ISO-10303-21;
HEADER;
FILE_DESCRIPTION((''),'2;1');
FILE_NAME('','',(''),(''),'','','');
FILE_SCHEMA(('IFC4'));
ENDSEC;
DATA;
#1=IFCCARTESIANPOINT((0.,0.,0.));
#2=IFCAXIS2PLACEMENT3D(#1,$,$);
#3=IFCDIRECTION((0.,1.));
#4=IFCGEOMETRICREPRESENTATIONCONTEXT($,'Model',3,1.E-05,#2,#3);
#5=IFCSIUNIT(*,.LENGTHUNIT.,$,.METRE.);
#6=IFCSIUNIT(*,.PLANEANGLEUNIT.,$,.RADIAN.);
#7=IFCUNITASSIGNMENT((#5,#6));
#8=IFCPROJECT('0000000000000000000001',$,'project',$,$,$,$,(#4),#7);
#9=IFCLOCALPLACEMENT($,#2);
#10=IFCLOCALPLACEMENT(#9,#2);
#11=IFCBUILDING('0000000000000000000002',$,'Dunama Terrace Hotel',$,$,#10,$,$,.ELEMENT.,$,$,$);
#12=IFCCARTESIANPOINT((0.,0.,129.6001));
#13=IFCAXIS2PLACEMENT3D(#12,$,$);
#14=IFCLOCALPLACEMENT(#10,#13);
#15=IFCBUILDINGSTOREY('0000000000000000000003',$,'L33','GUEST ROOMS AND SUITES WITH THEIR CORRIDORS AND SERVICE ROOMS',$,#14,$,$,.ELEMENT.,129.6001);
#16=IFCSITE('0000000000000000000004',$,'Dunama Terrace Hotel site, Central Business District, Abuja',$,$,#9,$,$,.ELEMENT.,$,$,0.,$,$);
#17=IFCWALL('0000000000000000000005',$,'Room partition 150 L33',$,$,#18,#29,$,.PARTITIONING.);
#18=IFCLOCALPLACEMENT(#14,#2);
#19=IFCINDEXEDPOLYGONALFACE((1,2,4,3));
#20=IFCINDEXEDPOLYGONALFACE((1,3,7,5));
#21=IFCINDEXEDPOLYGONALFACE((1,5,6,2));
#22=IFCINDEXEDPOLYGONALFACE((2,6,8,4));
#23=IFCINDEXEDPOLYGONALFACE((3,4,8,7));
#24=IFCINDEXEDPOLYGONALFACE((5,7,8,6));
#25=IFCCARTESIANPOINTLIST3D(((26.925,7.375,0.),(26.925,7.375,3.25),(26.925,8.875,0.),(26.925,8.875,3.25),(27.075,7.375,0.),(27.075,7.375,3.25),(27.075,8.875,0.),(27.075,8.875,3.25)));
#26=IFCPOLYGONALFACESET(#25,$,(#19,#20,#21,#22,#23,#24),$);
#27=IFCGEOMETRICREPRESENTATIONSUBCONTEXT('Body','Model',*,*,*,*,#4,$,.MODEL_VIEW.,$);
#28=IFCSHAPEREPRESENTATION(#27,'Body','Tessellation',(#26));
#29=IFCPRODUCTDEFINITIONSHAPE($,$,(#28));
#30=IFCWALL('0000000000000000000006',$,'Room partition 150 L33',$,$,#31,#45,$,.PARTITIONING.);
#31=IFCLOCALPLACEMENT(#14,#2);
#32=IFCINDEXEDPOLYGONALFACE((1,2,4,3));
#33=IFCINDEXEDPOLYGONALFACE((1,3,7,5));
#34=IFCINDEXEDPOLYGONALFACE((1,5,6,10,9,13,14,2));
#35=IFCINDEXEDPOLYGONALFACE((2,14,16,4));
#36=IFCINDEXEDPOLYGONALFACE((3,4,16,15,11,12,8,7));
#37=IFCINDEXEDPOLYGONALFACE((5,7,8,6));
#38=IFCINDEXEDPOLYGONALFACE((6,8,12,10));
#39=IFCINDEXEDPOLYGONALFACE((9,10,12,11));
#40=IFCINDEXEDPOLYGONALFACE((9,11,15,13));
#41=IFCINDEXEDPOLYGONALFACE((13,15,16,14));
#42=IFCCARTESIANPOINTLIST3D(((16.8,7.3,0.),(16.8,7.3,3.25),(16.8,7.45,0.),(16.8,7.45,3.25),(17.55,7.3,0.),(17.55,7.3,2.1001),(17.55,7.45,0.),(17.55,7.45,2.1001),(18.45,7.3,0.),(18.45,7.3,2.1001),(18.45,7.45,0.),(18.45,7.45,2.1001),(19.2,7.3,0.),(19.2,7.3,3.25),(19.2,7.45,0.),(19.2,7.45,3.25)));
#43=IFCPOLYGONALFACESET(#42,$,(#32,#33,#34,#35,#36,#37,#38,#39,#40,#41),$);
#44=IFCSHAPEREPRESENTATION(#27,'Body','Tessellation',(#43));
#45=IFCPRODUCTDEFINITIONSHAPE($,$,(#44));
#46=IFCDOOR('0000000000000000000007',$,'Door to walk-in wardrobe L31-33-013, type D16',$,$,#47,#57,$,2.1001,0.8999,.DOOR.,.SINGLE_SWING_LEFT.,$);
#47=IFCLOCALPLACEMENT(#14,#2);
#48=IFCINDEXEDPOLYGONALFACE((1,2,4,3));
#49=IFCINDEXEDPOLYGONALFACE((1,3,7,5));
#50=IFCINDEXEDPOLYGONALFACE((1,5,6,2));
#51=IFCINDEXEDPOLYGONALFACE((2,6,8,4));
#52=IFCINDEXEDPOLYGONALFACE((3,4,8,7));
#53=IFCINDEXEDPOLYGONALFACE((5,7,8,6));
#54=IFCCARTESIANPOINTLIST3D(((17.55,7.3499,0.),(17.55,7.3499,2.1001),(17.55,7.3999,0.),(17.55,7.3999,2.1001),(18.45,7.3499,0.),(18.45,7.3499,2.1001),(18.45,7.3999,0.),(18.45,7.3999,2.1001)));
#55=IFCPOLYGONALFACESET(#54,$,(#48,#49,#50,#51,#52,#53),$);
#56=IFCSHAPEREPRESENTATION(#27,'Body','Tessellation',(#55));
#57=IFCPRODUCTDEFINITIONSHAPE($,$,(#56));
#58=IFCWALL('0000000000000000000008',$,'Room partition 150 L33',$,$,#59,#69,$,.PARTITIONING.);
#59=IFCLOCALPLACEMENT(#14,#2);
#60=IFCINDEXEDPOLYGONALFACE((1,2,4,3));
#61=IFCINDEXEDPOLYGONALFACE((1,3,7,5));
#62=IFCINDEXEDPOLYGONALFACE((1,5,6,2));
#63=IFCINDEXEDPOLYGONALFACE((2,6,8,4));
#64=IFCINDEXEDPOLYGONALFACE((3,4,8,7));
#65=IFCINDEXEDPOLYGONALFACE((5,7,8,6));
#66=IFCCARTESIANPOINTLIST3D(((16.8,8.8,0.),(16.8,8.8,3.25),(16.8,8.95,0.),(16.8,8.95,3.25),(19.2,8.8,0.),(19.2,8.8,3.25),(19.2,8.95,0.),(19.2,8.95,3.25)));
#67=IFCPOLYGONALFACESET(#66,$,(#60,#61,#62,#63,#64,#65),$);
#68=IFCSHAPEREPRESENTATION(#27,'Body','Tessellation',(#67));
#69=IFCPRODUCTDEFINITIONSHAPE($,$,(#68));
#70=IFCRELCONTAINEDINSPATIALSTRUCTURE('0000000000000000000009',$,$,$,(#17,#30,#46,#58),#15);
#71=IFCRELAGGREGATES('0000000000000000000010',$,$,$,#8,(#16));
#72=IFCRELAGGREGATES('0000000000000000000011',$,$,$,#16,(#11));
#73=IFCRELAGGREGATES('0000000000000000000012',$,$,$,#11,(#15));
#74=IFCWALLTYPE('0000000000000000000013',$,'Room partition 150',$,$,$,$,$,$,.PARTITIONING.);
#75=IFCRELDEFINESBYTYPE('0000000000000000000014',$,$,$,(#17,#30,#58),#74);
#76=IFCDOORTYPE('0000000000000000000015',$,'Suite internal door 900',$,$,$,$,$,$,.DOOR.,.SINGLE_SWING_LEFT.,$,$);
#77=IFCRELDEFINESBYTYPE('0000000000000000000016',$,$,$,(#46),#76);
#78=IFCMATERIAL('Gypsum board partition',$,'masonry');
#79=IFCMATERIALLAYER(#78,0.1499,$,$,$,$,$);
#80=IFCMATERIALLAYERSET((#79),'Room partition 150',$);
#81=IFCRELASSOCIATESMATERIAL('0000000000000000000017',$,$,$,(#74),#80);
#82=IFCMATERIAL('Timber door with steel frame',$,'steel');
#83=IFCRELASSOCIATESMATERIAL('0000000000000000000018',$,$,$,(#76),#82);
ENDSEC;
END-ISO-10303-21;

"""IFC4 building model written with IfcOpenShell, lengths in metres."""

from ifc_helpers import new_model, si_unit, direction, frame, frame_2d, origin, place, context, subcontext, project, spatial, rectangle, extrude, material, layer, layer_set, type_object, element, fill, save


model = new_model("IFC4")

# Units and contexts
model_context = context("Model", 3, precision=1e-05, world=origin(), true_north=direction((0.0, 1.0)))
body_context = subcontext(model_context, "Body", "Model", "MODEL_VIEW")
ifc_project = project(units=[si_unit("LENGTHUNIT", "METRE"), si_unit("PLANEANGLEUNIT", "RADIAN")], contexts=[model_context])

# Site, building, storey
site_placement = place(None, origin())
site = spatial("IfcSite", under=ifc_project, at=site_placement, Name="Dunama Terrace Hotel site, Central Business District, Abuja", CompositionType="ELEMENT", RefElevation=0.0)
building_placement = place(site_placement, origin())
building = spatial("IfcBuilding", under=site, at=building_placement, Name="Dunama Terrace Hotel", CompositionType="ELEMENT")
storey_placement = place(building_placement, frame((0.0, 0.0, 129.6001)))
storey = spatial("IfcBuildingStorey", under=building, at=storey_placement, Name="L33", Description="GUEST ROOMS AND SUITES WITH THEIR CORRIDORS AND SERVICE ROOMS", CompositionType="ELEMENT", Elevation=129.6001)

# Wall
ifc_material_1 = material(Name="Gypsum board partition", Category="masonry")
ifc_layer_1 = layer(ifc_material_1, 0.1499)
ifc_layer_set_1 = layer_set([ifc_layer_1], Name="Room partition 150")
wall_type_1 = type_object("IfcWallType", Name="Room partition 150", PredefinedType="PARTITIONING", material=ifc_layer_set_1)
for number, where, z_axis, x_axis, name in (
    (1, (27.0, 7.375, 0.0), (0.0, 0.0, 1.0), (0.0, 1.0, 0.0), "Room partition 150 L33"),
):
    element("IfcWall", number, at=place(storey_placement, frame(where, z_axis=z_axis, x_axis=x_axis)), inside=storey, type_object=wall_type_1, Name=name, PredefinedType="PARTITIONING", context=body_context, shape_type="SweptSolid", body=[
        extrude(rectangle(XDim=1.5, YDim=0.1499, at=frame_2d((0.75, 0.0))), origin(), (0.0, 0.0, 1.0), 3.25),
    ])

# Wall, opening, door
wall_1_placement = place(storey_placement, frame((16.8, 7.375, 0.0), z_axis=(0.0, 0.0, 1.0), x_axis=(1.0, 0.0, 0.0)))
wall_1 = element("IfcWall", 2, at=wall_1_placement, inside=storey, type_object=wall_type_1, Name="Room partition 150 L33", PredefinedType="PARTITIONING", context=body_context, shape_type="SweptSolid", body=[
    extrude(rectangle(XDim=2.3999, YDim=0.1499, at=frame_2d((1.2, 0.0))), origin(), (0.0, 0.0, 1.0), 3.25),
])
opening_1_placement = place(wall_1_placement, frame((0.75, 0.0, 0.0)))
opening_1 = element("IfcOpeningElement", 3, at=opening_1_placement, cuts=wall_1, PredefinedType="OPENING", context=body_context, shape_type="SweptSolid", body=[
    extrude(rectangle(XDim=0.8999, YDim=2.1001, at=frame_2d((0.45, 1.05))), frame((0.0, 0.085, 0.0), z_axis=(0.0, -1.0, 0.0), x_axis=(1.0, 0.0, 0.0)), (0.0, 0.0, 1.0), 0.1699),
])
ifc_material_2 = material(Name="Timber door with steel frame", Category="steel")
door_type_1 = type_object("IfcDoorType", Name="Suite internal door 900", OperationType="SINGLE_SWING_LEFT", PredefinedType="DOOR", material=ifc_material_2)
door_1_placement = place(opening_1_placement, origin())
door_1 = element("IfcDoor", 4, at=door_1_placement, inside=storey, type_object=door_type_1, Name="Door to walk-in wardrobe L31-33-013, type D16", OperationType="SINGLE_SWING_LEFT", OverallHeight=2.1001, OverallWidth=0.8999, PredefinedType="DOOR", context=body_context, shape_type="SweptSolid", body=[
    extrude(rectangle(XDim=0.8999, YDim=2.1001, at=frame_2d((0.45, 1.05))), frame((0.0, 0.0249, 0.0), z_axis=(0.0, -1.0, 0.0), x_axis=(1.0, 0.0, 0.0)), (0.0, 0.0, 1.0), 0.05),
])
fill(opening_1, door_1)

# Wall
wall_2_placement = place(storey_placement, frame((16.8, 8.875, 0.0), z_axis=(0.0, 0.0, 1.0), x_axis=(1.0, 0.0, 0.0)))
element("IfcWall", 5, at=wall_2_placement, inside=storey, type_object=wall_type_1, Name="Room partition 150 L33", PredefinedType="PARTITIONING", context=body_context, shape_type="SweptSolid", body=[
    extrude(rectangle(XDim=2.3999, YDim=0.1499, at=frame_2d((1.2, 0.0))), origin(), (0.0, 0.0, 1.0), 3.25),
])

save(model, "model.ifc")
